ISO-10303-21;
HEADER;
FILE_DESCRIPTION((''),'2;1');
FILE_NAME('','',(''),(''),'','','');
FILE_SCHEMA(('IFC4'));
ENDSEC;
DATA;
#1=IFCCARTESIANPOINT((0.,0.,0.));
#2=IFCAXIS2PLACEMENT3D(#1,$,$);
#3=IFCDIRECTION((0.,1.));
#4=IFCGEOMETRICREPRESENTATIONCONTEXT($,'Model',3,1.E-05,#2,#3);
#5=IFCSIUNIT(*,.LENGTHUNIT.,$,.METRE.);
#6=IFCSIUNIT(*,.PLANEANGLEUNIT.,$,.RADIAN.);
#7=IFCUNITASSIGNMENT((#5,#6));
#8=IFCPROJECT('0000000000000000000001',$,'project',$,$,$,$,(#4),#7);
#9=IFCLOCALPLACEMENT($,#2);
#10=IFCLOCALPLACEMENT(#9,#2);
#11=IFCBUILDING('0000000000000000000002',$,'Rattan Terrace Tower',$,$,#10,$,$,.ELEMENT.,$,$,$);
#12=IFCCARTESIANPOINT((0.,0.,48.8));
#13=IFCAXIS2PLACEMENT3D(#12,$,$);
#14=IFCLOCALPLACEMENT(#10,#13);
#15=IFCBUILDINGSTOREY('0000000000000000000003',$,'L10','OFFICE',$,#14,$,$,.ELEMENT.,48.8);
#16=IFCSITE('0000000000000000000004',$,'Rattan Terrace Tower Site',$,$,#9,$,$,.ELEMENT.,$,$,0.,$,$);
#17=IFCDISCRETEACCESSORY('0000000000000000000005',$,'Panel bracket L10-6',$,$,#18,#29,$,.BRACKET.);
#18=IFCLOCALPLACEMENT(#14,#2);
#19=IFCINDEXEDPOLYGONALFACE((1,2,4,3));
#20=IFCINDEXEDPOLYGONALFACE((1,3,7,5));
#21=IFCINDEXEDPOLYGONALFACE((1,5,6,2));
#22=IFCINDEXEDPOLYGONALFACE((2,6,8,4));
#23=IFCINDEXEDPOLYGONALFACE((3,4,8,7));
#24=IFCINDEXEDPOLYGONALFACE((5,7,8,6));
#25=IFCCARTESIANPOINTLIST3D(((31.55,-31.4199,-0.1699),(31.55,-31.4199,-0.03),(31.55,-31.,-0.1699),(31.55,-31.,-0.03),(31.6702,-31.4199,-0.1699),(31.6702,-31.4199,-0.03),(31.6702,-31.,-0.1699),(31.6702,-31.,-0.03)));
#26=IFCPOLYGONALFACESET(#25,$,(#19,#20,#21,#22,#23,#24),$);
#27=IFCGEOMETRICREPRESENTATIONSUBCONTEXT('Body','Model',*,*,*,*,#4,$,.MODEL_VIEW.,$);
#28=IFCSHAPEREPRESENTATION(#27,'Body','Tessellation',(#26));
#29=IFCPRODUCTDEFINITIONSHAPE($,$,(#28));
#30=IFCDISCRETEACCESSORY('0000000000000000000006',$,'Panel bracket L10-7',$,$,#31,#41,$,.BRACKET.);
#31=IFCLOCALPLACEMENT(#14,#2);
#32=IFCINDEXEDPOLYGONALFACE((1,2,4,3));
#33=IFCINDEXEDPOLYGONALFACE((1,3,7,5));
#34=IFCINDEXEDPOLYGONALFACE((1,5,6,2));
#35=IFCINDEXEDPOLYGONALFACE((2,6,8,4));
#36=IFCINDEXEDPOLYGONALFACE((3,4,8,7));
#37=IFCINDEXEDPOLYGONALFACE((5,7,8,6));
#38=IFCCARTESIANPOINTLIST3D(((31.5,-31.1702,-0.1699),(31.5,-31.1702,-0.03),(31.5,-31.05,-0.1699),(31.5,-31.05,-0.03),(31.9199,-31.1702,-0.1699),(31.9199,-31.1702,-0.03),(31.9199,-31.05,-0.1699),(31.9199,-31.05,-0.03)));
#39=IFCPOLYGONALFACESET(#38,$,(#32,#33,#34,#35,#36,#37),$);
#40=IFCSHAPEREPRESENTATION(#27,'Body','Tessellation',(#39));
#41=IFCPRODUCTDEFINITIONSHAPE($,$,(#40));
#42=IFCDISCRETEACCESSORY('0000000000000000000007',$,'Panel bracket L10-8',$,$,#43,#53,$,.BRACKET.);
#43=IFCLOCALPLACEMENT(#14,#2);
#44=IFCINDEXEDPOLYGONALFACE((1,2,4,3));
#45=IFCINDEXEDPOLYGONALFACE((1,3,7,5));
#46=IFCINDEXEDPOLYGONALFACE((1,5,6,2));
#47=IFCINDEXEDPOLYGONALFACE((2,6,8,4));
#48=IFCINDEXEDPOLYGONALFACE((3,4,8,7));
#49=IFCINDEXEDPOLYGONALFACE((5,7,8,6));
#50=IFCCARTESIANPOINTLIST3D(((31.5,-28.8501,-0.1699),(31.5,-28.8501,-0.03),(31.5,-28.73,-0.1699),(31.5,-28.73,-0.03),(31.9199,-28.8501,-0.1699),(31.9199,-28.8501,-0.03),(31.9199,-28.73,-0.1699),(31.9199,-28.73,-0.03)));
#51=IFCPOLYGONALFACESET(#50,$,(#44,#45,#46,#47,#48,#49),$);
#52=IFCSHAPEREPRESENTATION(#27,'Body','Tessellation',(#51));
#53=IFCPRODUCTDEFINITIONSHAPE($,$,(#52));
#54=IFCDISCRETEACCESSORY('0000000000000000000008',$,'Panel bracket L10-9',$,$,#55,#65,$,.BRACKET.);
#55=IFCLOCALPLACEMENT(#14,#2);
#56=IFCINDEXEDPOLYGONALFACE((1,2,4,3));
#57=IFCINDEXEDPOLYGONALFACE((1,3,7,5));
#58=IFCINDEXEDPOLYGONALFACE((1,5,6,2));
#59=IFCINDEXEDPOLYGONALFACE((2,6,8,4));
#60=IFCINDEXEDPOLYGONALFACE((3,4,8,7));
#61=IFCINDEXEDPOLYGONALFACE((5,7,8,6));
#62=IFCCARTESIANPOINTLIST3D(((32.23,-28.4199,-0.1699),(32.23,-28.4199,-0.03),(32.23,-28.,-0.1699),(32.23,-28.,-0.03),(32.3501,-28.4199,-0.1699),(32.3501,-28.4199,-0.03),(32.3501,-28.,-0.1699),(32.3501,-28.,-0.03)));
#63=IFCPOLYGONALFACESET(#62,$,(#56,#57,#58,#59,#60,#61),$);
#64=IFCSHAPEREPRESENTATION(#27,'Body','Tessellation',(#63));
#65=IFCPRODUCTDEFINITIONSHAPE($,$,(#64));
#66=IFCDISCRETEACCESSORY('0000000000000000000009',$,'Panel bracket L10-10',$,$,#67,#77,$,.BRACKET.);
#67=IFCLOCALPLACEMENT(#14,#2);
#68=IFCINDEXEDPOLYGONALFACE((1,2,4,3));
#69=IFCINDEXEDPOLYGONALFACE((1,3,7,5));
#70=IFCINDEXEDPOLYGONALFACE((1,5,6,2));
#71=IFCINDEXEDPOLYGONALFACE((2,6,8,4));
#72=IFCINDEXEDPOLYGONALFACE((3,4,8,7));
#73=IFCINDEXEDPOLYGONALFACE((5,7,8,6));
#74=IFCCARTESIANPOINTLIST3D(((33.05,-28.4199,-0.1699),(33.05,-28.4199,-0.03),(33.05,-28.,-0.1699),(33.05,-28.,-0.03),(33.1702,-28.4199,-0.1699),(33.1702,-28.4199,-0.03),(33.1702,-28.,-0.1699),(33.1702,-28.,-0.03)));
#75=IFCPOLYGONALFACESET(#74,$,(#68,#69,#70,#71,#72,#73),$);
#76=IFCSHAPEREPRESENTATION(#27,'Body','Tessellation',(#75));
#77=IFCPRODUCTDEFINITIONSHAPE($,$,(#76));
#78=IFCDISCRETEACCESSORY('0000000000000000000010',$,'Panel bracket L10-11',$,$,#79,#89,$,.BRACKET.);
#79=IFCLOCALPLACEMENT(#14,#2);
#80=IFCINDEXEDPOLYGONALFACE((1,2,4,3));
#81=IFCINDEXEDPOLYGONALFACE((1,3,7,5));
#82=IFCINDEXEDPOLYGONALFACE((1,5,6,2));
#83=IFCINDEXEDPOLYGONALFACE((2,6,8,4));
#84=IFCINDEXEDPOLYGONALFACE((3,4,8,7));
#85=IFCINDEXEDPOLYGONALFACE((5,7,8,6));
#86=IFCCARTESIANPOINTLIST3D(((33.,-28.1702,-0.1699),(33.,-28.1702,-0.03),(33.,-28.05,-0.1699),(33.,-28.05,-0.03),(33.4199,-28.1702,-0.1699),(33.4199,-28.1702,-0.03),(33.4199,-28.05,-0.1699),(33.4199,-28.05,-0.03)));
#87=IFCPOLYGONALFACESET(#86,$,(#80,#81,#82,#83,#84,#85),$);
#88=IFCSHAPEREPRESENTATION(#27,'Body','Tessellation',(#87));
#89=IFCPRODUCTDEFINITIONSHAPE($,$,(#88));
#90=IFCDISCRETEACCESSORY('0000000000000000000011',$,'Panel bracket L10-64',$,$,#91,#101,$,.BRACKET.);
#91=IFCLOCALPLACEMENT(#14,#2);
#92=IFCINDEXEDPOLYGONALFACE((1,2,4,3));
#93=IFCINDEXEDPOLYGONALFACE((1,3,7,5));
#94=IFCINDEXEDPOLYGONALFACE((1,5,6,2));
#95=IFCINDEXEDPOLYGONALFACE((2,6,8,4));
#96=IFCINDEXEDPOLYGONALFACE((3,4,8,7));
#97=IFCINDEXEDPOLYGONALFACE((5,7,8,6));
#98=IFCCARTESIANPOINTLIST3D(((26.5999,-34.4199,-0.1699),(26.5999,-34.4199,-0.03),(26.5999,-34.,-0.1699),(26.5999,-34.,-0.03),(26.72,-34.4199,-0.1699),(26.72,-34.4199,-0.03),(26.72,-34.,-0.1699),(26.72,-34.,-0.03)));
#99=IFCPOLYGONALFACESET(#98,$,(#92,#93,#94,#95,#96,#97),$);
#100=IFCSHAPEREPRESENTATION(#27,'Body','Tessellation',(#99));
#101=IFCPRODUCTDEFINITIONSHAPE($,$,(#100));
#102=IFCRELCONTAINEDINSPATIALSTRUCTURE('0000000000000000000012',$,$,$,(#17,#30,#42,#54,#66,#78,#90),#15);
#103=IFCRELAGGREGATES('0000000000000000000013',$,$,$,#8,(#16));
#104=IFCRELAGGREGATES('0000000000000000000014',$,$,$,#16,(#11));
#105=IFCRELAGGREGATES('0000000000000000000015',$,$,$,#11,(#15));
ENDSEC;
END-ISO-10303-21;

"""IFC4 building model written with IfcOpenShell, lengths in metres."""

from ifc_helpers import new_model, si_unit, direction, frame, origin, origin_2d, place, context, subcontext, project, spatial, rectangle, extrude, element, save


model = new_model("IFC4")

# Units and contexts
model_context = context("Model", 3, precision=1e-05, world=origin(), true_north=direction((0.0, 1.0)))
body_context = subcontext(model_context, "Body", "Model", "MODEL_VIEW")
ifc_project = project(units=[si_unit("LENGTHUNIT", "METRE"), si_unit("PLANEANGLEUNIT", "RADIAN")], contexts=[model_context])

# Site, building, storey
site_placement = place(None, origin())
site = spatial("IfcSite", under=ifc_project, at=site_placement, Name="Rattan Terrace Tower Site", CompositionType="ELEMENT", RefElevation=0.0)
building_placement = place(site_placement, origin())
building = spatial("IfcBuilding", under=site, at=building_placement, Name="Rattan Terrace Tower", CompositionType="ELEMENT")
storey_placement = place(building_placement, frame((0.0, 0.0, 48.8)))
storey = spatial("IfcBuildingStorey", under=building, at=storey_placement, Name="L10", Description="OFFICE", CompositionType="ELEMENT", Elevation=48.8)

# Discrete accessories
for number, where, z_axis, x_axis, name in (
    (1, (31.6101, -31.21, -0.1699), (0.0, 0.0, 1.0), (1.0, 0.0, 0.0), "Panel bracket L10-6"),
    (2, (31.71, -31.1101, -0.1699), (0.0, 0.0, 1.0), (0.0, 1.0, 0.0), "Panel bracket L10-7"),
    (3, (31.71, -28.79, -0.1699), (0.0, 0.0, 1.0), (0.0, 1.0, 0.0), "Panel bracket L10-8"),
    (4, (32.29, -28.21, -0.1699), (0.0, 0.0, 1.0), (1.0, 0.0, 0.0), "Panel bracket L10-9"),
    (5, (33.1101, -28.21, -0.1699), (0.0, 0.0, 1.0), (1.0, 0.0, 0.0), "Panel bracket L10-10"),
    (6, (33.21, -28.1101, -0.1699), (0.0, 0.0, 1.0), (0.0, 1.0, 0.0), "Panel bracket L10-11"),
    (7, (26.6599, -34.21, -0.1699), (0.0, 0.0, 1.0), (1.0, 0.0, 0.0), "Panel bracket L10-64"),
):
    element("IfcDiscreteAccessory", number, at=place(storey_placement, frame(where, z_axis=z_axis, x_axis=x_axis)), inside=storey, Name=name, PredefinedType="BRACKET", context=body_context, shape_type="SweptSolid", body=[
        extrude(rectangle(XDim=0.1201, YDim=0.4199, at=origin_2d()), origin(), (0.0, 0.0, 1.0), 0.1399),
    ])

save(model, "model.ifc")
